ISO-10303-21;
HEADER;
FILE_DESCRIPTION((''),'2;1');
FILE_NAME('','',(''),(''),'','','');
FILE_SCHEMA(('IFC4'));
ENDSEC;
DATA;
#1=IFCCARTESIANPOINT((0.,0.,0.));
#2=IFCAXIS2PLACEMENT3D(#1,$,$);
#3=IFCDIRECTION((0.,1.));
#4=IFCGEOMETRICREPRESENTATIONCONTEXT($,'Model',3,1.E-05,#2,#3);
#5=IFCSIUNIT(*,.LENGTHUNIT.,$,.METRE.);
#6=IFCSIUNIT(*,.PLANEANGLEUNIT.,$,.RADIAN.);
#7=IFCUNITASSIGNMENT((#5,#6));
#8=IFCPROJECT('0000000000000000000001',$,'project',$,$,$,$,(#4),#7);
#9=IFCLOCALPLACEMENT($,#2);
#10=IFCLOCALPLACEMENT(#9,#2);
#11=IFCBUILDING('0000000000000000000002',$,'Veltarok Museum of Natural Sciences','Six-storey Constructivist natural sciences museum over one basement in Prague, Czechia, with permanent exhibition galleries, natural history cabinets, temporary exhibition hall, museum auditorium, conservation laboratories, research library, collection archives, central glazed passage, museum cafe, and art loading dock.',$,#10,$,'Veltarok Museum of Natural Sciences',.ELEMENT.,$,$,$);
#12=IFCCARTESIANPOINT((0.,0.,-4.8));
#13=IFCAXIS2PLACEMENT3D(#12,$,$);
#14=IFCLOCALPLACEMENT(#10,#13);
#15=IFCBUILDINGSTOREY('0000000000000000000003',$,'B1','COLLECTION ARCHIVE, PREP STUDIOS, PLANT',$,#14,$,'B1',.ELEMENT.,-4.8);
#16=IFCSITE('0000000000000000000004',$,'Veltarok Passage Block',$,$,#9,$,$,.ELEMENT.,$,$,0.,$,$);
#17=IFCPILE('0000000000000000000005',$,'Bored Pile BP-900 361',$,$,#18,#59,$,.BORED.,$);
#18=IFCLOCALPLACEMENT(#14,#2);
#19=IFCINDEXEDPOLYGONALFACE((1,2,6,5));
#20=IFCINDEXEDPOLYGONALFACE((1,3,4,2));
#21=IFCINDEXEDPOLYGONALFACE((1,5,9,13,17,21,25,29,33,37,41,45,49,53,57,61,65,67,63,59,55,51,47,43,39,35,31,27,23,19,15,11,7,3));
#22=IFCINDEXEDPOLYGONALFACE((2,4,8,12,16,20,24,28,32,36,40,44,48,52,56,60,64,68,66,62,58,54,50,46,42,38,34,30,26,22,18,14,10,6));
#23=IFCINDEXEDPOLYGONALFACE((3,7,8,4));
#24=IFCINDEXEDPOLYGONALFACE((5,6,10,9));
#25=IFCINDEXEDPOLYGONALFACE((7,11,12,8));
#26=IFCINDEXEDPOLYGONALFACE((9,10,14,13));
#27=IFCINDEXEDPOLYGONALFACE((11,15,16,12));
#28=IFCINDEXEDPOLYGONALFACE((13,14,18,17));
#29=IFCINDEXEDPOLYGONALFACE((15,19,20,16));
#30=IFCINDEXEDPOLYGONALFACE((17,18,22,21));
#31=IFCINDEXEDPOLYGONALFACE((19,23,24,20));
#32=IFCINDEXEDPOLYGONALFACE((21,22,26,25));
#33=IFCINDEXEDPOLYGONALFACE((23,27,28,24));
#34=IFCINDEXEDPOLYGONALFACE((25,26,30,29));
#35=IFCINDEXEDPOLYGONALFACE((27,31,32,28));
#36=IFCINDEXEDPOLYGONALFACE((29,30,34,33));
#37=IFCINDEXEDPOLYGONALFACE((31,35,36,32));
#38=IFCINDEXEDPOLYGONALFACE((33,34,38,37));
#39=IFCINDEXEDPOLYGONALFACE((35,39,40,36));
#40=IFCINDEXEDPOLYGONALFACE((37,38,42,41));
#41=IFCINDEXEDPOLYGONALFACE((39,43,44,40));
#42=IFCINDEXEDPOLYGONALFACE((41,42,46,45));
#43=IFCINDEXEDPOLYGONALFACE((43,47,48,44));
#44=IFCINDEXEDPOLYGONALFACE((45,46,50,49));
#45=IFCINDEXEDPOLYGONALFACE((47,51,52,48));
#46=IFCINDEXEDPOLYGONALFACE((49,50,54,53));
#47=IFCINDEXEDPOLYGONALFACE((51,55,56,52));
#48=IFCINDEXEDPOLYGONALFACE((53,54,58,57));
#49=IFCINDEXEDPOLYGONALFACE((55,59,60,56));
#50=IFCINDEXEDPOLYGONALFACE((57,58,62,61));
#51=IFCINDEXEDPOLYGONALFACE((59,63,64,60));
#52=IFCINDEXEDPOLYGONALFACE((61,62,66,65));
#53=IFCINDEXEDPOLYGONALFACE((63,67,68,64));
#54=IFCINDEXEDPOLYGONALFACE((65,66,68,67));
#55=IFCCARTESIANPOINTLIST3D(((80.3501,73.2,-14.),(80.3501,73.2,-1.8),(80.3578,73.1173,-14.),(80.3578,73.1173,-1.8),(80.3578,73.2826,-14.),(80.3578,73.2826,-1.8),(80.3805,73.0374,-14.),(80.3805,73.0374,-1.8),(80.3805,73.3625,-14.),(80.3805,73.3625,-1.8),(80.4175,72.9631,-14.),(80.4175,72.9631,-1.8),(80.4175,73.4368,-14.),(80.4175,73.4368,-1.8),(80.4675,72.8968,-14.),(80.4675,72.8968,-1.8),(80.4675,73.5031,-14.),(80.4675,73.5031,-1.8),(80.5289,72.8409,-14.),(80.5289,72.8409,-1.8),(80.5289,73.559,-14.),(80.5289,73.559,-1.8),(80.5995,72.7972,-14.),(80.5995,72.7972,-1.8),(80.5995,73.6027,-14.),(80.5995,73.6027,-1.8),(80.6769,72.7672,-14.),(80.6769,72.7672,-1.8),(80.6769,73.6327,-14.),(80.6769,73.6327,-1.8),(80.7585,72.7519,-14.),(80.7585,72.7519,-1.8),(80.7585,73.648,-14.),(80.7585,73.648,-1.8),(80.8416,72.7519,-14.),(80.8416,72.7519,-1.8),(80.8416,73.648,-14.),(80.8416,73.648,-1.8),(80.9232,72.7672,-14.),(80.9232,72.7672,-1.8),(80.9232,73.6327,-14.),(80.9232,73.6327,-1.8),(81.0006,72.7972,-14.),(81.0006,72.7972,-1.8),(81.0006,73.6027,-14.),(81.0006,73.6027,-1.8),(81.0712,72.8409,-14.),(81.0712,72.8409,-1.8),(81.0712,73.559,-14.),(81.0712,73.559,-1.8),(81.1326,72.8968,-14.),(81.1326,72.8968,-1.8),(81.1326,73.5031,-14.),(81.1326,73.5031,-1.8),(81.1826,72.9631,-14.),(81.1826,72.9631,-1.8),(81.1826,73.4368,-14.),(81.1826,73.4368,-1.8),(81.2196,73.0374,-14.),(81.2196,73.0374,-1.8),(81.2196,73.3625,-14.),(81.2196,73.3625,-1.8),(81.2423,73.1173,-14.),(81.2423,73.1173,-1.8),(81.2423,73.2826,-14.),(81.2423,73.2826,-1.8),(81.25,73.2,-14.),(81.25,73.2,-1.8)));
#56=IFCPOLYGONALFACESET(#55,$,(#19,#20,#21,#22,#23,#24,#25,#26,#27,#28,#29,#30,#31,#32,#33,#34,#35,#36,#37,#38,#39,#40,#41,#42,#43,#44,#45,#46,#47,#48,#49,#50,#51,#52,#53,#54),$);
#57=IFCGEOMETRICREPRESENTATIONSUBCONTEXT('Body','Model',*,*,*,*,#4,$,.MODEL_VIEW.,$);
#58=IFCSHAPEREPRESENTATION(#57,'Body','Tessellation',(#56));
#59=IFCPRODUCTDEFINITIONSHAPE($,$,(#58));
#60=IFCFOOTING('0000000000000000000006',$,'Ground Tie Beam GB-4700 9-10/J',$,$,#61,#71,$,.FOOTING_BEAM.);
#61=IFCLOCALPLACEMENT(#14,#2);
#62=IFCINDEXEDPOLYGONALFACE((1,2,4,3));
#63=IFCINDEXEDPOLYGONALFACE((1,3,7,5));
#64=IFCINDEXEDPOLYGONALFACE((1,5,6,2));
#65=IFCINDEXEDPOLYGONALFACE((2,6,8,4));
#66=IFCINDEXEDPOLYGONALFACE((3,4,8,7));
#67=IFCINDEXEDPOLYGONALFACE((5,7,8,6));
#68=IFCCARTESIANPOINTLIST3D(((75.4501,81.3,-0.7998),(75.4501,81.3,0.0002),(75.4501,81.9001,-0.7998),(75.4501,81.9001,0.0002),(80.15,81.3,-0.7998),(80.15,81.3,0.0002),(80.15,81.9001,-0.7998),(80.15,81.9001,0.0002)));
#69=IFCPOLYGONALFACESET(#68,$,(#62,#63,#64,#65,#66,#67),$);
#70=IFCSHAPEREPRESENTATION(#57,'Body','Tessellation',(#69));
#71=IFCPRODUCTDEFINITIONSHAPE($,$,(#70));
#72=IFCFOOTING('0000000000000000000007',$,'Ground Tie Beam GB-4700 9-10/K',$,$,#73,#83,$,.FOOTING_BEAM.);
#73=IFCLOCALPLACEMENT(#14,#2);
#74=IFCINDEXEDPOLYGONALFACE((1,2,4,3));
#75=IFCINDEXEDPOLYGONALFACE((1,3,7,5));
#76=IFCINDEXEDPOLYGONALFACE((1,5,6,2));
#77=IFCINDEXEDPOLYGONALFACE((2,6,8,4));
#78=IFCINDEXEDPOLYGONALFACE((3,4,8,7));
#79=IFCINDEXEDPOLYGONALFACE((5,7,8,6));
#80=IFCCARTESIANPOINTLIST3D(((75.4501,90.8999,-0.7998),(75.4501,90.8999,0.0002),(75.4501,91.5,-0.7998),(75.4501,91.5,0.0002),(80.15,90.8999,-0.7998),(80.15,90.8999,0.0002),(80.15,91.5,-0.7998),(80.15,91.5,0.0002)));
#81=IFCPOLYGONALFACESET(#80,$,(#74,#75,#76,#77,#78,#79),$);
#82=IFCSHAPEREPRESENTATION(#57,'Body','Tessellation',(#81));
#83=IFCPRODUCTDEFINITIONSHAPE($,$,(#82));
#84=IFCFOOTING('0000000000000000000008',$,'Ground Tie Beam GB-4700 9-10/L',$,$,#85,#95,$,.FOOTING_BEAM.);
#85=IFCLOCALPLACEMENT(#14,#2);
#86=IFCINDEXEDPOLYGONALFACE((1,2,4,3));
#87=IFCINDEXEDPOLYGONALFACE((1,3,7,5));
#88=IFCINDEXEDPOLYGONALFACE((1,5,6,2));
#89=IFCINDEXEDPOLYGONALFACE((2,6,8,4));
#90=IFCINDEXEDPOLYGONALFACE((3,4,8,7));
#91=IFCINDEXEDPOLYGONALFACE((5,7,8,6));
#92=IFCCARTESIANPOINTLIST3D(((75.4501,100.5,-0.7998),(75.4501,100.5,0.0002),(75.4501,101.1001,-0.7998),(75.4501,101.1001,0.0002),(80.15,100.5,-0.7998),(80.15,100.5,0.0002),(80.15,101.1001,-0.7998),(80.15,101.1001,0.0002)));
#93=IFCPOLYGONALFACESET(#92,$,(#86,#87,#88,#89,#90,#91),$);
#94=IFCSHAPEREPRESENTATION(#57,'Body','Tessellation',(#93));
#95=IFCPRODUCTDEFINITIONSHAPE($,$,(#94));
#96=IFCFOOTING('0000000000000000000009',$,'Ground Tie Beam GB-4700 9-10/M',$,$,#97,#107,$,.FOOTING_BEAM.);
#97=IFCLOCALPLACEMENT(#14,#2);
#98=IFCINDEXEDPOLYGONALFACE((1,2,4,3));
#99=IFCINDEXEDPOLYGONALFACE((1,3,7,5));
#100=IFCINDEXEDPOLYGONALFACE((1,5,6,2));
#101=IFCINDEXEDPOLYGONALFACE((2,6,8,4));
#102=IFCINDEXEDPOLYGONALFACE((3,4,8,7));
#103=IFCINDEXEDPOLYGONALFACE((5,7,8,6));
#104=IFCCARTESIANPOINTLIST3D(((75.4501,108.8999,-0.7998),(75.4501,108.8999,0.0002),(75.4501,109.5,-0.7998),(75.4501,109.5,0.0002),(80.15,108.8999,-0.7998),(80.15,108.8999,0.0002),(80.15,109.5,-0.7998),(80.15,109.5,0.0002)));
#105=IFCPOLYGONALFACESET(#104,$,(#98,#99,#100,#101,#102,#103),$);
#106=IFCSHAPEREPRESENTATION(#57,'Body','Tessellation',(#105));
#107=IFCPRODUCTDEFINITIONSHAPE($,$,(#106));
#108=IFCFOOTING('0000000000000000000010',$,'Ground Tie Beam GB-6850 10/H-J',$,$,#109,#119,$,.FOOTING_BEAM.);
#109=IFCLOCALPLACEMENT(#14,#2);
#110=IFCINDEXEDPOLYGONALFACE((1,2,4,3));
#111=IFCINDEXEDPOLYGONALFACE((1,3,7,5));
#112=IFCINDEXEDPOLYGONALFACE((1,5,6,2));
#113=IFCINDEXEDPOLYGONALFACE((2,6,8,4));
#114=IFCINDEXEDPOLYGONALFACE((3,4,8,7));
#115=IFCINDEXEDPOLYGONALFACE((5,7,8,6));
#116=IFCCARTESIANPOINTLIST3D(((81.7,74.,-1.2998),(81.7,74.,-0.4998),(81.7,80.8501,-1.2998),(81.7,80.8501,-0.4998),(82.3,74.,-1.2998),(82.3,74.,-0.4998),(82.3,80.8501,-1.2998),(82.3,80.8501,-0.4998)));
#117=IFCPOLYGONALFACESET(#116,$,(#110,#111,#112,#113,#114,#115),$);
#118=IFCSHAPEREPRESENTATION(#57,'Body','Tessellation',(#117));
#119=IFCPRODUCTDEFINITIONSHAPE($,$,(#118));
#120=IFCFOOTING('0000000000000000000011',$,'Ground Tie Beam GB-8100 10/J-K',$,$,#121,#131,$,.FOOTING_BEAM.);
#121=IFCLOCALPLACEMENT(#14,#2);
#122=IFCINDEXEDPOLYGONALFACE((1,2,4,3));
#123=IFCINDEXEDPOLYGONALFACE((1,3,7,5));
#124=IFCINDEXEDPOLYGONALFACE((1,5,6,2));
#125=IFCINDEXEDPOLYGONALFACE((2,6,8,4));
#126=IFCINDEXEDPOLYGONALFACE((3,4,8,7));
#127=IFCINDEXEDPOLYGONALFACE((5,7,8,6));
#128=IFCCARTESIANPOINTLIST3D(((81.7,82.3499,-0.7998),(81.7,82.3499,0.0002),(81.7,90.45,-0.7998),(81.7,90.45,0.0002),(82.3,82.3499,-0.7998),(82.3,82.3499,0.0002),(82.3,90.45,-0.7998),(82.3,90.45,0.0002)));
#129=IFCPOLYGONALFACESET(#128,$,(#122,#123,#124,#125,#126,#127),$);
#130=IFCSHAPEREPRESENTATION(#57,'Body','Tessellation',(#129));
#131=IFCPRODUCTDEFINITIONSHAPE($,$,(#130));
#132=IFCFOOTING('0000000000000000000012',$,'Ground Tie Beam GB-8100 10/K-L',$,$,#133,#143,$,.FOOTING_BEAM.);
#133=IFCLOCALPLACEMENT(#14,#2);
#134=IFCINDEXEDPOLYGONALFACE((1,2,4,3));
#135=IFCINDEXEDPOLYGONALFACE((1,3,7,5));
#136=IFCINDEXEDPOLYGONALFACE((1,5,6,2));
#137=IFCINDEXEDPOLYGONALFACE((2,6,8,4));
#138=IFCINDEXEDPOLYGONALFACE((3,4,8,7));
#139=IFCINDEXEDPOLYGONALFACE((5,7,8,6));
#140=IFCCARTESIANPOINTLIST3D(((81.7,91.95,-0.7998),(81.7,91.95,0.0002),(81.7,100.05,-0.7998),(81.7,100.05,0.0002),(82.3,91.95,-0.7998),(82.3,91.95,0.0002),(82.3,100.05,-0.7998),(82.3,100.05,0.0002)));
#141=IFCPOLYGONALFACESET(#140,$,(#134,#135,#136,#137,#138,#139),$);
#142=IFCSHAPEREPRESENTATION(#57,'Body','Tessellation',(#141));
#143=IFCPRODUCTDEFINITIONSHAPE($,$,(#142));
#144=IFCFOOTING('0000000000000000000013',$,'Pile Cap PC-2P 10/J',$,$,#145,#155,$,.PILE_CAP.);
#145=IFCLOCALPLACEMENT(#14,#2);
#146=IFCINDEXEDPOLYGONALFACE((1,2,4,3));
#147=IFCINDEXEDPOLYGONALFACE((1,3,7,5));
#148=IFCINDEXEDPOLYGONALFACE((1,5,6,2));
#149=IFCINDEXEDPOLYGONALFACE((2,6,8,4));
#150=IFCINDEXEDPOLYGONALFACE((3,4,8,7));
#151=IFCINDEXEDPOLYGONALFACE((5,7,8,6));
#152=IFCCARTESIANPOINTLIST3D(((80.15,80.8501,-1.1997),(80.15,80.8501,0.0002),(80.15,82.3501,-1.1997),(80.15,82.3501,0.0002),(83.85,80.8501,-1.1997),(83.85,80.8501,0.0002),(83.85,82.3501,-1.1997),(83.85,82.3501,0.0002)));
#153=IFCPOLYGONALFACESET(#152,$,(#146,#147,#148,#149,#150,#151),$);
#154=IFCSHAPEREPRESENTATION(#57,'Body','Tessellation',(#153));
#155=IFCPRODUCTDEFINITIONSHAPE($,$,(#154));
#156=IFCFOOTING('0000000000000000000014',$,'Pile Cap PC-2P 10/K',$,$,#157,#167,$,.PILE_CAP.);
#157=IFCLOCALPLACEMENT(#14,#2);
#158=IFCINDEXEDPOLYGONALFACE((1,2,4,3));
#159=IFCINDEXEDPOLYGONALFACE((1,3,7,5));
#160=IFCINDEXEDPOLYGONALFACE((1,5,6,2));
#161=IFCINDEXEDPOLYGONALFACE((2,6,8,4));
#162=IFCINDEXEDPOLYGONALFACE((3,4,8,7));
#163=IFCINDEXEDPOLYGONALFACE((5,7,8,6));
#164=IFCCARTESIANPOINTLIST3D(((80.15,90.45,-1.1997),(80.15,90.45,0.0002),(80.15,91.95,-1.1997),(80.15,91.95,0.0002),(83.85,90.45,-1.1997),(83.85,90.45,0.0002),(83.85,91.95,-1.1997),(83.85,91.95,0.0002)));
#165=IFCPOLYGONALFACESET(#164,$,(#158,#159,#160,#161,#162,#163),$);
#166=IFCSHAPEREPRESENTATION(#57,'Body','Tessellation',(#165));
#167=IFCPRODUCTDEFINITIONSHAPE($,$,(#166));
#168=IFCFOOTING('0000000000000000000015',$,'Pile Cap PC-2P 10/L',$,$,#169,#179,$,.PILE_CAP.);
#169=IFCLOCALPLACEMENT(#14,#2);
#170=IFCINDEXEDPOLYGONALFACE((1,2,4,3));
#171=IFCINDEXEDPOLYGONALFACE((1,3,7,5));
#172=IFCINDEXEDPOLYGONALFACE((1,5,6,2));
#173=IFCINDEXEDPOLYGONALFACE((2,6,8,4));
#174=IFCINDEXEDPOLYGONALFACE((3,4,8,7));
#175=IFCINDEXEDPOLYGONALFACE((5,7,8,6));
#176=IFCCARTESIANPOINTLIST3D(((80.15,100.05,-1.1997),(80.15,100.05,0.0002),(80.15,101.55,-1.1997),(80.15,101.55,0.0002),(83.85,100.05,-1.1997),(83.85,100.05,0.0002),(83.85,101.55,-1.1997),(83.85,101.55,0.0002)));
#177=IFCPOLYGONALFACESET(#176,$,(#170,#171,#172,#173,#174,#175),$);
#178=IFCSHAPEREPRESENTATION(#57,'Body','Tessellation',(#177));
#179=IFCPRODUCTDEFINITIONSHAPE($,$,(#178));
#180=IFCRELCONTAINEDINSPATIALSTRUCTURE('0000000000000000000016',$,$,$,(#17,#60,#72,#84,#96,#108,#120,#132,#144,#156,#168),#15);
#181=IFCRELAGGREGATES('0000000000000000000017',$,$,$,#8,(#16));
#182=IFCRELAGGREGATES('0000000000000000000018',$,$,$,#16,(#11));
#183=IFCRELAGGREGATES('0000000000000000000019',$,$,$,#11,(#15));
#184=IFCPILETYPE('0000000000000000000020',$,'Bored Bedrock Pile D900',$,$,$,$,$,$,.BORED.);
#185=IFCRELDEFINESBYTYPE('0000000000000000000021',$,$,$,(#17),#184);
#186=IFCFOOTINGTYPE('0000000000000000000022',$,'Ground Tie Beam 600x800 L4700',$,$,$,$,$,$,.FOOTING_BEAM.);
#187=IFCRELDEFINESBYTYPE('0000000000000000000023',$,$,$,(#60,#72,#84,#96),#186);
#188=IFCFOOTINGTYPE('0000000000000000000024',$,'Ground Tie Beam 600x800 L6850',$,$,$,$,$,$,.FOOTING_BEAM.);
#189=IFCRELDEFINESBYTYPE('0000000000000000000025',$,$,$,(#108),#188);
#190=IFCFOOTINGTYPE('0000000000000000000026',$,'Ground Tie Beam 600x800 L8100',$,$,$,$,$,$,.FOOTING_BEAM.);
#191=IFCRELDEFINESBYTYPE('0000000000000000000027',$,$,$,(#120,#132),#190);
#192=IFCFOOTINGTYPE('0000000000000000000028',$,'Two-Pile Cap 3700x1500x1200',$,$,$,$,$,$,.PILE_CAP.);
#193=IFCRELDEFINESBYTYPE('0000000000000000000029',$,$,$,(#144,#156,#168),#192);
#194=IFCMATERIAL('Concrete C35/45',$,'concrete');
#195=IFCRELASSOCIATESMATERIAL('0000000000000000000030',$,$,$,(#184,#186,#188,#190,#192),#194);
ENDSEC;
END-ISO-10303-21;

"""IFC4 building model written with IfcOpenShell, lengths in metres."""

from ifc_helpers import new_model, si_unit, direction, frame, origin, origin_2d, place, context, subcontext, project, spatial, rectangle, circle, extrude, material, material_profile, profile_set, type_object, element, save


model = new_model("IFC4")

# Units and contexts
model_context = context("Model", 3, precision=1e-05, world=origin(), true_north=direction((0.0, 1.0)))
body_context = subcontext(model_context, "Body", "Model", "MODEL_VIEW")
ifc_project = project(units=[si_unit("LENGTHUNIT", "METRE"), si_unit("PLANEANGLEUNIT", "RADIAN")], contexts=[model_context])

# Site, building, storey
site_placement = place(None, origin())
site = spatial("IfcSite", under=ifc_project, at=site_placement, Name="Veltarok Passage Block", CompositionType="ELEMENT", RefElevation=0.0)
building_placement = place(site_placement, origin())
building = spatial("IfcBuilding", under=site, at=building_placement, Name="Veltarok Museum of Natural Sciences", Description="Six-storey Constructivist natural sciences museum over one basement in Prague, Czechia, with permanent exhibition galleries, natural history cabinets, temporary exhibition hall, museum auditorium, conservation laboratories, research library, collection archives, central glazed passage, museum cafe, and art loading dock.", LongName="Veltarok Museum of Natural Sciences", CompositionType="ELEMENT")
storey_placement = place(building_placement, frame((0.0, 0.0, -4.8)))
storey = spatial("IfcBuildingStorey", under=building, at=storey_placement, Name="B1", Description="COLLECTION ARCHIVE, PREP STUDIOS, PLANT", LongName="B1", CompositionType="ELEMENT", Elevation=-4.8)

# Pile
ifc_material_1 = material(Name="Concrete C35/45", Category="concrete")
ifc_material_profile_1 = material_profile(ifc_material_1, circle(Radius=0.45, at=origin_2d()), Name="BP D900")
ifc_profile_set_1 = profile_set([ifc_material_profile_1], Name="Concrete C35/45")
pile_type_1 = type_object("IfcPileType", Name="Bored Bedrock Pile D900", PredefinedType="BORED", material=ifc_profile_set_1)
for number, where, z_axis, x_axis, name in (
    (1, (80.8, 73.2, -1.8), (0.0, 0.0, -1.0), (1.0, 0.0, 0.0), "Bored Pile BP-900 361"),
):
    element("IfcPile", number, at=place(storey_placement, frame(where, z_axis=z_axis, x_axis=x_axis)), inside=storey, type_object=pile_type_1, Name=name, PredefinedType="BORED", context=body_context, shape_type="SweptSolid", body=[
        extrude(circle(Radius=0.45, at=origin_2d()), origin(), (0.0, 0.0, 1.0), 12.2),
    ])

# Footings
footing_type_1 = type_object("IfcFootingType", Name="Ground Tie Beam 600x800 L4700", PredefinedType="FOOTING_BEAM", material=ifc_material_1)
for number, where, z_axis, x_axis, name in (
    (2, (77.8, 81.6001, -0.7998), (0.0, 0.0, 1.0), (1.0, 0.0, 0.0), "Ground Tie Beam GB-4700 9-10/J"),
    (3, (77.8, 91.2, -0.7998), (0.0, 0.0, 1.0), (1.0, 0.0, 0.0), "Ground Tie Beam GB-4700 9-10/K"),
    (4, (77.8, 100.8, -0.7998), (0.0, 0.0, 1.0), (1.0, 0.0, 0.0), "Ground Tie Beam GB-4700 9-10/L"),
    (5, (77.8, 109.2, -0.7998), (0.0, 0.0, 1.0), (1.0, 0.0, 0.0), "Ground Tie Beam GB-4700 9-10/M"),
):
    element("IfcFooting", number, at=place(storey_placement, frame(where, z_axis=z_axis, x_axis=x_axis)), inside=storey, type_object=footing_type_1, Name=name, PredefinedType="FOOTING_BEAM", context=body_context, shape_type="SweptSolid", body=[
        extrude(rectangle(XDim=4.7, YDim=0.6001, at=origin_2d()), origin(), (0.0, 0.0, 1.0), 0.8),
    ])
footing_type_2 = type_object("IfcFootingType", Name="Ground Tie Beam 600x800 L6850", PredefinedType="FOOTING_BEAM", material=ifc_material_1)
footing_placement = place(storey_placement, frame((82.0, 77.425, -1.2998), z_axis=(0.0, 0.0, 1.0), x_axis=(0.0, 1.0, 0.0)))
element("IfcFooting", 6, at=footing_placement, inside=storey, type_object=footing_type_2, Name="Ground Tie Beam GB-6850 10/H-J", PredefinedType="FOOTING_BEAM", context=body_context, shape_type="SweptSolid", body=[
    extrude(rectangle(XDim=6.8501, YDim=0.6001, at=origin_2d()), origin(), (0.0, 0.0, 1.0), 0.8),
])
footing_type_3 = type_object("IfcFootingType", Name="Ground Tie Beam 600x800 L8100", PredefinedType="FOOTING_BEAM", material=ifc_material_1)
for number, where, z_axis, x_axis, name in (
    (7, (82.0, 86.3999, -0.7998), (0.0, 0.0, 1.0), (0.0, 1.0, 0.0), "Ground Tie Beam GB-8100 10/J-K"),
    (8, (82.0, 96.0, -0.7998), (0.0, 0.0, 1.0), (0.0, 1.0, 0.0), "Ground Tie Beam GB-8100 10/K-L"),
):
    element("IfcFooting", number, at=place(storey_placement, frame(where, z_axis=z_axis, x_axis=x_axis)), inside=storey, type_object=footing_type_3, Name=name, PredefinedType="FOOTING_BEAM", context=body_context, shape_type="SweptSolid", body=[
        extrude(rectangle(XDim=8.1001, YDim=0.6001, at=origin_2d()), origin(), (0.0, 0.0, 1.0), 0.8),
    ])
footing_type_4 = type_object("IfcFootingType", Name="Two-Pile Cap 3700x1500x1200", PredefinedType="PILE_CAP", material=ifc_material_1)
for number, where, z_axis, x_axis, name in (
    (9, (82.0, 81.6001, -1.1997), (0.0, 0.0, 1.0), (1.0, 0.0, 0.0), "Pile Cap PC-2P 10/J"),
    (10, (82.0, 91.2, -1.1997), (0.0, 0.0, 1.0), (1.0, 0.0, 0.0), "Pile Cap PC-2P 10/K"),
    (11, (82.0, 100.8, -1.1997), (0.0, 0.0, 1.0), (1.0, 0.0, 0.0), "Pile Cap PC-2P 10/L"),
):
    element("IfcFooting", number, at=place(storey_placement, frame(where, z_axis=z_axis, x_axis=x_axis)), inside=storey, type_object=footing_type_4, Name=name, PredefinedType="PILE_CAP", context=body_context, shape_type="SweptSolid", body=[
        extrude(rectangle(XDim=3.7, YDim=1.5, at=origin_2d()), origin(), (0.0, 0.0, 1.0), 1.2),
    ])

save(model, "model.ifc")
